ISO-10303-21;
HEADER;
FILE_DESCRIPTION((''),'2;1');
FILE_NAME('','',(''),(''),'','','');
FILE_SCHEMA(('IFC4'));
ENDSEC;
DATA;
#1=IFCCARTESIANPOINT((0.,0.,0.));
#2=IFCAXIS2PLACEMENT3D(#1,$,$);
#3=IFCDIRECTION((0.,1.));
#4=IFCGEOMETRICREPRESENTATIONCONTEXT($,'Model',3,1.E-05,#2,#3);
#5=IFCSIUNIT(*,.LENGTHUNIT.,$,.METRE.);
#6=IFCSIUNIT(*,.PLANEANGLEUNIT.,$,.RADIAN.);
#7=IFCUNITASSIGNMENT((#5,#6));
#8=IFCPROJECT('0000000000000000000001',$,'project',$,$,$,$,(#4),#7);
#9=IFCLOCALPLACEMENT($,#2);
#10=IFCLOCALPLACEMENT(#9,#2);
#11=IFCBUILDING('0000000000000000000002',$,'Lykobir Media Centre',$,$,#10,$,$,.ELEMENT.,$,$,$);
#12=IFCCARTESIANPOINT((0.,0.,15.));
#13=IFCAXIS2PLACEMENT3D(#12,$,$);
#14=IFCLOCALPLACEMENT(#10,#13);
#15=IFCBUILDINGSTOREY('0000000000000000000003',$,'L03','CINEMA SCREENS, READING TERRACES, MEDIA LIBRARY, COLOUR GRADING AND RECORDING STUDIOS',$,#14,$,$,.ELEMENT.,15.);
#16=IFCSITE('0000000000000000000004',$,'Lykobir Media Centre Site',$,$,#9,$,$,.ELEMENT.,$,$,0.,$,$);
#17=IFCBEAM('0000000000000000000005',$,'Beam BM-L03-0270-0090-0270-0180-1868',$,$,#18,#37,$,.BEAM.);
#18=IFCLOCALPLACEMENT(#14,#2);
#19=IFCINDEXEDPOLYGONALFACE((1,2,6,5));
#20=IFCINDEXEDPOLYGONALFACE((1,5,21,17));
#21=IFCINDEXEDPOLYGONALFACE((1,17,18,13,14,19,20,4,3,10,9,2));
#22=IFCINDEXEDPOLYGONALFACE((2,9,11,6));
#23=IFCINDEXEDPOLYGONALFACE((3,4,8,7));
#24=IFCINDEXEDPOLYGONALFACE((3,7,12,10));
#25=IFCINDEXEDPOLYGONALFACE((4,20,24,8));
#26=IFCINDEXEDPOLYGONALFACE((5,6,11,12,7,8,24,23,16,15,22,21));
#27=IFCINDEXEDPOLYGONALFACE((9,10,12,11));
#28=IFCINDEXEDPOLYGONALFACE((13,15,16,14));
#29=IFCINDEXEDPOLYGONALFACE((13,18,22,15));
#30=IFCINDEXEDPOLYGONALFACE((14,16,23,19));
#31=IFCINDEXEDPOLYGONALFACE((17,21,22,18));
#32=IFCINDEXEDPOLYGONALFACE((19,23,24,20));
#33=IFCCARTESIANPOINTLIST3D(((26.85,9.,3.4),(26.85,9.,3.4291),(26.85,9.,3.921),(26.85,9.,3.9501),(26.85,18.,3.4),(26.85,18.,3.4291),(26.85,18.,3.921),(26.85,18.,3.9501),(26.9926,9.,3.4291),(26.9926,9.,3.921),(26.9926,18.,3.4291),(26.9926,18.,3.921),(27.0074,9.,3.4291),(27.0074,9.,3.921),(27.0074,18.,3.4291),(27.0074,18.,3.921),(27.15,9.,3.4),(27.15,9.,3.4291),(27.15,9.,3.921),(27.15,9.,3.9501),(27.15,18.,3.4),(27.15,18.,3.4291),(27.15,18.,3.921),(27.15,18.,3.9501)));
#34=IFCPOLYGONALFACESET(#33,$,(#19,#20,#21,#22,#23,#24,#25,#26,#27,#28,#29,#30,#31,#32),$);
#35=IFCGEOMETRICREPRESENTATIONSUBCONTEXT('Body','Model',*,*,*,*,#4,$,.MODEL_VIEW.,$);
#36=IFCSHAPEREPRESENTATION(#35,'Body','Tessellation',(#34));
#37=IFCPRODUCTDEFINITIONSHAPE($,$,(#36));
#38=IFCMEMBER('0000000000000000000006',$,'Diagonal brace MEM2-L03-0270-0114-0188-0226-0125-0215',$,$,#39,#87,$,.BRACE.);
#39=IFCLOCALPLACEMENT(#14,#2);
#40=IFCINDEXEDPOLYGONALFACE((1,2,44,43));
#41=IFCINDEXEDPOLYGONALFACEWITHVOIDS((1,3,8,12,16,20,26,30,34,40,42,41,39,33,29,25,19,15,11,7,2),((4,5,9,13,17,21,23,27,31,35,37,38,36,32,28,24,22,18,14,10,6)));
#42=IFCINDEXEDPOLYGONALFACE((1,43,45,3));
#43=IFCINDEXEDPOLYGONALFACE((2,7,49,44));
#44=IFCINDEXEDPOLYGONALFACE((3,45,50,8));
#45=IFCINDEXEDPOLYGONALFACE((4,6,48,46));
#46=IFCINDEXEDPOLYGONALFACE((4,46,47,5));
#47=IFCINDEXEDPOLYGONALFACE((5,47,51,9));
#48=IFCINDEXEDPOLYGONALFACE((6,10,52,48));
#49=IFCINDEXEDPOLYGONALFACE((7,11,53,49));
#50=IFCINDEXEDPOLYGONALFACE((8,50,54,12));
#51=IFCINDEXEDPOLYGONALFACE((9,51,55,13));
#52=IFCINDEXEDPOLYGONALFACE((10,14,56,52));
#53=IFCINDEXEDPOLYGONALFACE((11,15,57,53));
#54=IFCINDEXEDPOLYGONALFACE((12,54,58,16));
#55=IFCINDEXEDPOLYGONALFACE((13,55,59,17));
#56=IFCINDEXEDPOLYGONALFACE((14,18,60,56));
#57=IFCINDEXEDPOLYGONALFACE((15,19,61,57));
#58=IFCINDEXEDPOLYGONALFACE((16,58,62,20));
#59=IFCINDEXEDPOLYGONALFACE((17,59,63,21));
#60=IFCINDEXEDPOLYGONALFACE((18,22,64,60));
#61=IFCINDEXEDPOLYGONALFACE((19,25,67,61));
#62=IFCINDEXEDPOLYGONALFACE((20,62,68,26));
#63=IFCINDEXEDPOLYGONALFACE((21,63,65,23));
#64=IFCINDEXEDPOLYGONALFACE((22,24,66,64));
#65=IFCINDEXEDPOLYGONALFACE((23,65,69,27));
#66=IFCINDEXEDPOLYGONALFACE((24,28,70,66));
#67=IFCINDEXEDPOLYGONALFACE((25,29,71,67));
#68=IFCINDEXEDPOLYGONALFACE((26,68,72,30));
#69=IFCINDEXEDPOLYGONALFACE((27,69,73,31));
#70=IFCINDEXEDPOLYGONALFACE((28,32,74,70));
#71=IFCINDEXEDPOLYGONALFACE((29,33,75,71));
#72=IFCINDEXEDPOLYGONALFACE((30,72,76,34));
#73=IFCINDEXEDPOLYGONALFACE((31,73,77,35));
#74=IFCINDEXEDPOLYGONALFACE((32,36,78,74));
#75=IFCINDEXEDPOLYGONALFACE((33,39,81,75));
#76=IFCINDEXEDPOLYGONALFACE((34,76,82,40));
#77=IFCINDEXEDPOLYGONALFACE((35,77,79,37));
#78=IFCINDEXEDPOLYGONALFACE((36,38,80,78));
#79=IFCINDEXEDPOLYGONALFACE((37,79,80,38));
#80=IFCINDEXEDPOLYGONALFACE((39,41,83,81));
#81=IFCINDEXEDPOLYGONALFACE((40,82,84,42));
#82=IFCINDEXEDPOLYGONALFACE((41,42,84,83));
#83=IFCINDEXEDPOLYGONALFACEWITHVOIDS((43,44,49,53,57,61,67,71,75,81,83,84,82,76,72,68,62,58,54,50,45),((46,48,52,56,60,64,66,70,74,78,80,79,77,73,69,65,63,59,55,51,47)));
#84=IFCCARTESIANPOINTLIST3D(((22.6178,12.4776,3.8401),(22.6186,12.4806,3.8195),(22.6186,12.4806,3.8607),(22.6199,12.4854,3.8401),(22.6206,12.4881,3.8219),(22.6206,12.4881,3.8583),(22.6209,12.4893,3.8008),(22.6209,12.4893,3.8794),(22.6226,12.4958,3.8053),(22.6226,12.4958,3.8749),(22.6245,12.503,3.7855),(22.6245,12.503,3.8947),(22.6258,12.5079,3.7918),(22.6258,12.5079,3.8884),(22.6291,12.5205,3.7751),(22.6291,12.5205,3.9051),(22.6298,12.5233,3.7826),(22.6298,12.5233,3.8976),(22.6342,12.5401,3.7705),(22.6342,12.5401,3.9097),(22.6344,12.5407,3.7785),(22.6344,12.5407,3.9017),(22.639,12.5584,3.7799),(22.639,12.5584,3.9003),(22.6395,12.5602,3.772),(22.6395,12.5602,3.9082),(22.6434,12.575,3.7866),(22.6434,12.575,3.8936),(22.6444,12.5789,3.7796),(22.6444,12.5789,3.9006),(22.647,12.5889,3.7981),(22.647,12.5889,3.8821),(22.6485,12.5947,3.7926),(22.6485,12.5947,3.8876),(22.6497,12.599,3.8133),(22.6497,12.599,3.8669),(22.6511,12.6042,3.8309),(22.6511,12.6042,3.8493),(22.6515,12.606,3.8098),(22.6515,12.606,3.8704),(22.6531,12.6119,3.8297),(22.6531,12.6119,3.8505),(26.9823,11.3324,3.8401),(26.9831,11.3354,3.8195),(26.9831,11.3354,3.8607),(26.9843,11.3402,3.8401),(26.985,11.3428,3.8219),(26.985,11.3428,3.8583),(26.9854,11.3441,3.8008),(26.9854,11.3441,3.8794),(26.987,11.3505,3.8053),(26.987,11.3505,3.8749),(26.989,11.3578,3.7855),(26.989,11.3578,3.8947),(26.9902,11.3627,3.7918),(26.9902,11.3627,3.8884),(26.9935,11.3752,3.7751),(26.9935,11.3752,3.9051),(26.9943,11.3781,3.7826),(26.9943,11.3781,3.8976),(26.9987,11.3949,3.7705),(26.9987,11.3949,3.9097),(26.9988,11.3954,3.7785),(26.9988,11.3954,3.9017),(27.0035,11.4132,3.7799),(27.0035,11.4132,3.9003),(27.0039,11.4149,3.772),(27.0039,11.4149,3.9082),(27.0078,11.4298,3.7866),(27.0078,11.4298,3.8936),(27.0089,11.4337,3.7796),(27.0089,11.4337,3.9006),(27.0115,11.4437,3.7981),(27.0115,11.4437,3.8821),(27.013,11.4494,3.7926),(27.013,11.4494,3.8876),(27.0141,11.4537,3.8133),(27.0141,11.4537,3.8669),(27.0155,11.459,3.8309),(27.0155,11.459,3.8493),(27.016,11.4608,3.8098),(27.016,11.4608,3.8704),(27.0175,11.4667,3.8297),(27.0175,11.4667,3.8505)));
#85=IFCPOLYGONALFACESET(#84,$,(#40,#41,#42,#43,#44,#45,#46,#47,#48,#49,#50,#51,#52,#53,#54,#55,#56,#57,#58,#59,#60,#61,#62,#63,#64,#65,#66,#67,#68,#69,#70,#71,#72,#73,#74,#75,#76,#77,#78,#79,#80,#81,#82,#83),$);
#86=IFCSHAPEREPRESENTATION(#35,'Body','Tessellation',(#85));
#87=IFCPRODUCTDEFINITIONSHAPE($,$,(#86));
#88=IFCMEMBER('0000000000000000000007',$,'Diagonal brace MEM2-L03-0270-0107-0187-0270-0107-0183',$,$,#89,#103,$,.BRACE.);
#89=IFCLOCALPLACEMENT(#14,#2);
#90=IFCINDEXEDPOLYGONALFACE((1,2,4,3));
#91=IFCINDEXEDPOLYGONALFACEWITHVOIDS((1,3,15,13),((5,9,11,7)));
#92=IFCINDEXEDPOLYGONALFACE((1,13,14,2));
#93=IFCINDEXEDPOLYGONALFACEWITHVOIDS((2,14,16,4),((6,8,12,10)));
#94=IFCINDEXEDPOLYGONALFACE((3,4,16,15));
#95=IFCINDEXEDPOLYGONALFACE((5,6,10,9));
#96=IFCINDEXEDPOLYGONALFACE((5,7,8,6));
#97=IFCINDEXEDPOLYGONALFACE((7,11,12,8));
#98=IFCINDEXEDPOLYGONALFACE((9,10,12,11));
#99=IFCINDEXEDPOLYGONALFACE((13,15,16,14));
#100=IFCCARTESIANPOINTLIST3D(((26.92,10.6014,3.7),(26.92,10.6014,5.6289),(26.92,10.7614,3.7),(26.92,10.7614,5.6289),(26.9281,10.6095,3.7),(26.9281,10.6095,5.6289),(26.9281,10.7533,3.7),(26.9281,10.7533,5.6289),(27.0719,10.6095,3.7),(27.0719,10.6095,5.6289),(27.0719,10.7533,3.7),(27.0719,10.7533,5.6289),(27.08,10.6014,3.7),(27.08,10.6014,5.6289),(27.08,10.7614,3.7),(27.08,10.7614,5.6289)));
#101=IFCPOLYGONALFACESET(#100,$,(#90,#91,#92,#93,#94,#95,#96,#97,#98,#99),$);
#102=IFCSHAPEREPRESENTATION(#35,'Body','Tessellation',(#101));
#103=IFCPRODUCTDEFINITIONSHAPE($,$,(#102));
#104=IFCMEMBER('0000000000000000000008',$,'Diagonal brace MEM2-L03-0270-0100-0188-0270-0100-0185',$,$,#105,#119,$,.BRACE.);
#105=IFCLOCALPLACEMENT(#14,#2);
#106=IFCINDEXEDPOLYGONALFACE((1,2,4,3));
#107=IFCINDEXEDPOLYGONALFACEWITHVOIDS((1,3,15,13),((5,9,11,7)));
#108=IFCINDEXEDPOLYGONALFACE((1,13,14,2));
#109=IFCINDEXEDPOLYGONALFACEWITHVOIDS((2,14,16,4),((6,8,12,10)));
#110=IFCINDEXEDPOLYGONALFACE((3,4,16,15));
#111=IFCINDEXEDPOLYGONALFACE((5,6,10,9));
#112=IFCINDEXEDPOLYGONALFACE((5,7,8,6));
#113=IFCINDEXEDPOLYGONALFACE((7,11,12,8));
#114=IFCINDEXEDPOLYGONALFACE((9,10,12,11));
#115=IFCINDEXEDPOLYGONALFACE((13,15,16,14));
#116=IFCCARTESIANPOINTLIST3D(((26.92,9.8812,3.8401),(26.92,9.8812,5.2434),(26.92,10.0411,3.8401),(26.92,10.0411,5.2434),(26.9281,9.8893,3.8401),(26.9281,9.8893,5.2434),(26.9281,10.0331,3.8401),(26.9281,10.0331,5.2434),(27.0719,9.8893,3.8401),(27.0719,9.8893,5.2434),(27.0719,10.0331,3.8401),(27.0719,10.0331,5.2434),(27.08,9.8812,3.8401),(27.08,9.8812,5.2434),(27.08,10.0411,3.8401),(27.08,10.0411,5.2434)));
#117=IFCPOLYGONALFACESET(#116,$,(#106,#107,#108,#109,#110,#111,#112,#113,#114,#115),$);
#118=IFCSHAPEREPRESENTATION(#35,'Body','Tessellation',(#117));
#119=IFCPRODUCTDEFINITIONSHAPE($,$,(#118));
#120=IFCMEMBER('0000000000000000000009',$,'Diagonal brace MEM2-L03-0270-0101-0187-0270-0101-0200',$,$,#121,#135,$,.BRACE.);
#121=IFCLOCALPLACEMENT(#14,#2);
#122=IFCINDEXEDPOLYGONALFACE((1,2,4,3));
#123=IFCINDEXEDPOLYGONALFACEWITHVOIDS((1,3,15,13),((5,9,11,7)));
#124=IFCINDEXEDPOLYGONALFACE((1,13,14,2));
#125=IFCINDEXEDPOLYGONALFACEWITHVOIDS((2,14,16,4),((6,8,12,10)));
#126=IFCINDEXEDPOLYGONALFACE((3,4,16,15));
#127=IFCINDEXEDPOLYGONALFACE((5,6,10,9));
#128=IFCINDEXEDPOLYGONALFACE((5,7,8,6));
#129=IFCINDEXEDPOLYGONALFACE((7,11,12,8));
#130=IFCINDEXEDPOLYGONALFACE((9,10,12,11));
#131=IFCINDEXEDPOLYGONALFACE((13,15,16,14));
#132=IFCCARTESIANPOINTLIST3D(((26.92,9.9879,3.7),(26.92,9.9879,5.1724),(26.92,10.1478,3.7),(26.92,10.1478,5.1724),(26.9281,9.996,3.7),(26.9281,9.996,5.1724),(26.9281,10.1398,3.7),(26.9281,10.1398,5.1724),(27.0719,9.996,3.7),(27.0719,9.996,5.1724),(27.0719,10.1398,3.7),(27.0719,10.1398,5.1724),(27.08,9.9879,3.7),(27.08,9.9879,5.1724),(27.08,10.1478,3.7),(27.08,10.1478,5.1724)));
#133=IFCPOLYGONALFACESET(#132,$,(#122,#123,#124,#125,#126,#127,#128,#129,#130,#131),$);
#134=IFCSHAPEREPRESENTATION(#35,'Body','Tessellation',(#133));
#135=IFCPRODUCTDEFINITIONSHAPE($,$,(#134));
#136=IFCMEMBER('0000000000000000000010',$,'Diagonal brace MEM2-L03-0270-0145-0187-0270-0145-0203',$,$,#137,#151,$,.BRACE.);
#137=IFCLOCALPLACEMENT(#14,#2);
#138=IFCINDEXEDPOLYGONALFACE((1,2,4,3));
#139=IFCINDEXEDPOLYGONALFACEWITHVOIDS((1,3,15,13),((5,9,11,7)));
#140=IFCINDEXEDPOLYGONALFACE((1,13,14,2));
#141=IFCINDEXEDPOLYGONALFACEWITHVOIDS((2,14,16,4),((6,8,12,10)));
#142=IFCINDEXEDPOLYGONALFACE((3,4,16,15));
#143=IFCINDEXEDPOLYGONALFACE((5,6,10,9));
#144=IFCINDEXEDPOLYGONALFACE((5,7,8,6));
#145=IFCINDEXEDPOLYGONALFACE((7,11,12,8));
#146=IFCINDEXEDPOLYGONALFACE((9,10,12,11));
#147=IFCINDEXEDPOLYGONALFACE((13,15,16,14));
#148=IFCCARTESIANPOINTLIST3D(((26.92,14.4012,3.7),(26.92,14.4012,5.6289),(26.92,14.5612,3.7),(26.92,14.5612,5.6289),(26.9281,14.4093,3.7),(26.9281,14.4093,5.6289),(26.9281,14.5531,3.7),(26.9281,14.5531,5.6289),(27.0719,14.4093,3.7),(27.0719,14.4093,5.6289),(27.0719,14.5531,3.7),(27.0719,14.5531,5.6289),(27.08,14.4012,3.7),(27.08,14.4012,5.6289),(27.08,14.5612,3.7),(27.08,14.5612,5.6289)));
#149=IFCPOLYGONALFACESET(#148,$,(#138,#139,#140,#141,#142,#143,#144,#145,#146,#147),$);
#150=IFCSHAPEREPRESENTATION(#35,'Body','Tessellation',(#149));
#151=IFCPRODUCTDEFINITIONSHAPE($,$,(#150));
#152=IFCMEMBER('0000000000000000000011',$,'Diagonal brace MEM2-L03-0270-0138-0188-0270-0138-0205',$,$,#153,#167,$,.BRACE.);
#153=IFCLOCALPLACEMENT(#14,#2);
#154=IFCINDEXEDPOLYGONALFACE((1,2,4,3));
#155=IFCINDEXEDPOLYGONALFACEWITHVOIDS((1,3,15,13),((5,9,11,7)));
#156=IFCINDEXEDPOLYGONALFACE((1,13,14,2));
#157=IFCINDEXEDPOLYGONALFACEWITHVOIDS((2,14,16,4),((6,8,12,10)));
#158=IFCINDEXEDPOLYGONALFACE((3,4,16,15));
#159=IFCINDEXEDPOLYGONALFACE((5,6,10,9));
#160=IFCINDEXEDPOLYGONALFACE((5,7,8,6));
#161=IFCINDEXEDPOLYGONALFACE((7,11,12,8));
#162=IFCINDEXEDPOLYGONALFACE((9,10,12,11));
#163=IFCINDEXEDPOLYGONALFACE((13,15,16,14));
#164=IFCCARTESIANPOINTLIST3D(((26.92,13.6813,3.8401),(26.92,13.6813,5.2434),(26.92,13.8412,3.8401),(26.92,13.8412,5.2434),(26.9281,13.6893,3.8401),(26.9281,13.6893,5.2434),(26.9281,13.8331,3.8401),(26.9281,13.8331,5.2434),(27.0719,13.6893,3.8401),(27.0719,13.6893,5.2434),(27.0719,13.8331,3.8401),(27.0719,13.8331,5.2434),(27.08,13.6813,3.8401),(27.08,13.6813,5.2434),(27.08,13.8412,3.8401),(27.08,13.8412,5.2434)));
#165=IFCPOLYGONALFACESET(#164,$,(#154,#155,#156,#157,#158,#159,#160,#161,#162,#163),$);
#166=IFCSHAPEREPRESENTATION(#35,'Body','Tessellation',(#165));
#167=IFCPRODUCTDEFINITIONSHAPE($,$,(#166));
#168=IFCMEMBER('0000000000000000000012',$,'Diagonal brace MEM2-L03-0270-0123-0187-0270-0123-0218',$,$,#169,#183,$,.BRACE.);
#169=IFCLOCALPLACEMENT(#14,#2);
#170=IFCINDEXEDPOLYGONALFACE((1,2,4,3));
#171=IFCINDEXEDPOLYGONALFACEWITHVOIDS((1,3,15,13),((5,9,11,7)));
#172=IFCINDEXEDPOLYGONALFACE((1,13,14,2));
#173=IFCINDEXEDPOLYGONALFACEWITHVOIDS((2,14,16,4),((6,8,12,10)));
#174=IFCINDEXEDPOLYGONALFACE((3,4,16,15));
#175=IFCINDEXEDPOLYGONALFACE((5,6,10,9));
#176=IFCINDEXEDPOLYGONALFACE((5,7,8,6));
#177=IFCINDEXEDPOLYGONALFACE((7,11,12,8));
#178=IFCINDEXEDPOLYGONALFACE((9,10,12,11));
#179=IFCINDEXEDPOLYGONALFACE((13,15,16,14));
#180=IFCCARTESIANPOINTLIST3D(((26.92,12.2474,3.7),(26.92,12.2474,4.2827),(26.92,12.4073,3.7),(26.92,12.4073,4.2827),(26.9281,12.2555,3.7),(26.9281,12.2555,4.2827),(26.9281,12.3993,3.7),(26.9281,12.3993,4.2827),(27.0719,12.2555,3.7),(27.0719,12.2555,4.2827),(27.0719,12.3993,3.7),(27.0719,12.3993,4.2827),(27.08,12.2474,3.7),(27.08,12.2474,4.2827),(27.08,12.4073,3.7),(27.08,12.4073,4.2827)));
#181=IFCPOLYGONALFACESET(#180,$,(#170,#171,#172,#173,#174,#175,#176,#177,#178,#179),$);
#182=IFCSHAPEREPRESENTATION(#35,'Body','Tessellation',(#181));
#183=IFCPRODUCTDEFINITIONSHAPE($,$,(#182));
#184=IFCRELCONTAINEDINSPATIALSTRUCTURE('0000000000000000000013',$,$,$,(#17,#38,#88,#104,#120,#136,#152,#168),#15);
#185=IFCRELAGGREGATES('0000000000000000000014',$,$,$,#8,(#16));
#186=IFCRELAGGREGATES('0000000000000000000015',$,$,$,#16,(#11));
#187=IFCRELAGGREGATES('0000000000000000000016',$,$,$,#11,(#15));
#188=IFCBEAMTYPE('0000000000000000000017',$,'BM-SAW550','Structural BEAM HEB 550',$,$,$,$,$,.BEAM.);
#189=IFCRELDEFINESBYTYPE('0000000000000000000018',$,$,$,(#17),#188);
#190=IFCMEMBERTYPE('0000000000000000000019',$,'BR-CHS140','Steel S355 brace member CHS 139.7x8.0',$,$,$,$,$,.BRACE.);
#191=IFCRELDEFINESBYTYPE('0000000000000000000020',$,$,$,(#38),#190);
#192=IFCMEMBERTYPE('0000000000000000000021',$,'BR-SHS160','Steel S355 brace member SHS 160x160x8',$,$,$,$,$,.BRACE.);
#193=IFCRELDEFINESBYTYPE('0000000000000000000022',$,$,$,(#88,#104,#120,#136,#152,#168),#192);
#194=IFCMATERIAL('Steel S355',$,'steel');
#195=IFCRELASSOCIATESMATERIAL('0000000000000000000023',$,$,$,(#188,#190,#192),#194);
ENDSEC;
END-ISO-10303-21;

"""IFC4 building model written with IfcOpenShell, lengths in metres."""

from ifc_helpers import new_model, si_unit, direction, frame, origin, origin_2d, place, context, subcontext, project, spatial, hollow_rectangle, hollow_circle, i_section, extrude, material, material_profile, profile_set, type_object, element, save


model = new_model("IFC4")

# Units and contexts
model_context = context("Model", 3, precision=1e-05, world=origin(), true_north=direction((0.0, 1.0)))
body_context = subcontext(model_context, "Body", "Model", "MODEL_VIEW")
ifc_project = project(units=[si_unit("LENGTHUNIT", "METRE"), si_unit("PLANEANGLEUNIT", "RADIAN")], contexts=[model_context])

# Site, building, storey
site_placement = place(None, origin())
site = spatial("IfcSite", under=ifc_project, at=site_placement, Name="Lykobir Media Centre Site", CompositionType="ELEMENT", RefElevation=0.0)
building_placement = place(site_placement, origin())
building = spatial("IfcBuilding", under=site, at=building_placement, Name="Lykobir Media Centre", CompositionType="ELEMENT")
storey_placement = place(building_placement, frame((0.0, 0.0, 15.0)))
storey = spatial("IfcBuildingStorey", under=building, at=storey_placement, Name="L03", Description="CINEMA SCREENS, READING TERRACES, MEDIA LIBRARY, COLOUR GRADING AND RECORDING STUDIOS", CompositionType="ELEMENT", Elevation=15.0)

# Beam
ifc_material = material(Name="Steel S355", Category="steel")
ifc_material_profile_1 = material_profile(ifc_material, i_section(OverallWidth=0.3, OverallDepth=0.55, WebThickness=0.0149, FlangeThickness=0.0291, at=origin_2d()), Name="HEB 550")
ifc_profile_set_1 = profile_set([ifc_material_profile_1], Name="Steel S355")
beam_type = type_object("IfcBeamType", Name="BM-SAW550", Description="Structural BEAM HEB 550", PredefinedType="BEAM", material=ifc_profile_set_1)
beam_placement = place(storey_placement, frame((27.0, 9.0, 3.675), z_axis=(0.0, 1.0, 0.0), x_axis=(-1.0, 0.0, 0.0)))
element("IfcBeam", 1, at=beam_placement, inside=storey, type_object=beam_type, Name="Beam BM-L03-0270-0090-0270-0180-1868", PredefinedType="BEAM", context=body_context, shape_type="SweptSolid", body=[
    extrude(i_section(OverallWidth=0.3, OverallDepth=0.55, WebThickness=0.0149, FlangeThickness=0.0291, at=origin_2d()), origin(), (0.0, 0.0, 1.0), 9.0),
])

# Members
ifc_material_profile_2 = material_profile(ifc_material, hollow_circle(Radius=0.0698, WallThickness=0.0081, at=origin_2d()), Name="CHS 139.7x8.0")
ifc_profile_set_2 = profile_set([ifc_material_profile_2], Name="Steel S355")
member_type_1 = type_object("IfcMemberType", Name="BR-CHS140", Description="Steel S355 brace member CHS 139.7x8.0", PredefinedType="BRACE", material=ifc_profile_set_2)
member_1_placement = place(storey_placement, frame((27.0, 11.3999, 3.8401), z_axis=(-0.967254, 0.253811, 0.0), x_axis=(-0.253811, -0.967254, 0.0)))
element("IfcMember", 2, at=member_1_placement, inside=storey, type_object=member_type_1, Name="Diagonal brace MEM2-L03-0270-0114-0188-0226-0125-0215", PredefinedType="BRACE", context=body_context, shape_type="SweptSolid", body=[
    extrude(hollow_circle(Radius=0.0698, WallThickness=0.0081, at=origin_2d()), origin(), (0.0, 0.0, 1.0), 4.5122),
])
ifc_material_profile_3 = material_profile(ifc_material, hollow_rectangle(XDim=0.1599, YDim=0.1599, WallThickness=0.0081, at=origin_2d()), Name="SHS 160x160x8")
ifc_profile_set_3 = profile_set([ifc_material_profile_3], Name="Steel S355")
member_type_2 = type_object("IfcMemberType", Name="BR-SHS160", Description="Steel S355 brace member SHS 160x160x8", PredefinedType="BRACE", material=ifc_profile_set_3)
member_2_placement = place(storey_placement, frame((27.0, 10.6814, 3.7), z_axis=(0.0, 0.0, 1.0), x_axis=(1.0, 0.0, 0.0)))
element("IfcMember", 3, at=member_2_placement, inside=storey, type_object=member_type_2, Name="Diagonal brace MEM2-L03-0270-0107-0187-0270-0107-0183", PredefinedType="BRACE", context=body_context, shape_type="SweptSolid", body=[
    extrude(hollow_rectangle(XDim=0.1599, YDim=0.1599, WallThickness=0.0081, at=origin_2d()), origin(), (0.0, 0.0, 1.0), 1.929),
])
member_3_placement = place(storey_placement, frame((27.0, 9.9612, 3.8401), z_axis=(0.0, 0.0, 1.0), x_axis=(1.0, 0.0, 0.0)))
element("IfcMember", 4, at=member_3_placement, inside=storey, type_object=member_type_2, Name="Diagonal brace MEM2-L03-0270-0100-0188-0270-0100-0185", PredefinedType="BRACE", context=body_context, shape_type="SweptSolid", body=[
    extrude(hollow_rectangle(XDim=0.1599, YDim=0.1599, WallThickness=0.0081, at=origin_2d()), origin(), (0.0, 0.0, 1.0), 1.4033),
])
member_4_placement = place(storey_placement, frame((27.0, 10.0679, 3.7), z_axis=(0.0, 0.0, 1.0), x_axis=(1.0, 0.0, 0.0)))
element("IfcMember", 5, at=member_4_placement, inside=storey, type_object=member_type_2, Name="Diagonal brace MEM2-L03-0270-0101-0187-0270-0101-0200", PredefinedType="BRACE", context=body_context, shape_type="SweptSolid", body=[
    extrude(hollow_rectangle(XDim=0.1599, YDim=0.1599, WallThickness=0.0081, at=origin_2d()), origin(), (0.0, 0.0, 1.0), 1.4724),
])
member_5_placement = place(storey_placement, frame((27.0, 14.4812, 3.7), z_axis=(0.0, 0.0, 1.0), x_axis=(1.0, 0.0, 0.0)))
element("IfcMember", 6, at=member_5_placement, inside=storey, type_object=member_type_2, Name="Diagonal brace MEM2-L03-0270-0145-0187-0270-0145-0203", PredefinedType="BRACE", context=body_context, shape_type="SweptSolid", body=[
    extrude(hollow_rectangle(XDim=0.1599, YDim=0.1599, WallThickness=0.0081, at=origin_2d()), origin(), (0.0, 0.0, 1.0), 1.929),
])
member_6_placement = place(storey_placement, frame((27.0, 13.7612, 3.8401), z_axis=(0.0, 0.0, 1.0), x_axis=(1.0, 0.0, 0.0)))
element("IfcMember", 7, at=member_6_placement, inside=storey, type_object=member_type_2, Name="Diagonal brace MEM2-L03-0270-0138-0188-0270-0138-0205", PredefinedType="BRACE", context=body_context, shape_type="SweptSolid", body=[
    extrude(hollow_rectangle(XDim=0.1599, YDim=0.1599, WallThickness=0.0081, at=origin_2d()), origin(), (0.0, 0.0, 1.0), 1.4033),
])
member_7_placement = place(storey_placement, frame((27.0, 12.3274, 3.7), z_axis=(0.0, 0.0, 1.0), x_axis=(1.0, 0.0, 0.0)))
element("IfcMember", 8, at=member_7_placement, inside=storey, type_object=member_type_2, Name="Diagonal brace MEM2-L03-0270-0123-0187-0270-0123-0218", PredefinedType="BRACE", context=body_context, shape_type="SweptSolid", body=[
    extrude(hollow_rectangle(XDim=0.1599, YDim=0.1599, WallThickness=0.0081, at=origin_2d()), origin(), (0.0, 0.0, 1.0), 0.5828),
])

save(model, "model.ifc")
